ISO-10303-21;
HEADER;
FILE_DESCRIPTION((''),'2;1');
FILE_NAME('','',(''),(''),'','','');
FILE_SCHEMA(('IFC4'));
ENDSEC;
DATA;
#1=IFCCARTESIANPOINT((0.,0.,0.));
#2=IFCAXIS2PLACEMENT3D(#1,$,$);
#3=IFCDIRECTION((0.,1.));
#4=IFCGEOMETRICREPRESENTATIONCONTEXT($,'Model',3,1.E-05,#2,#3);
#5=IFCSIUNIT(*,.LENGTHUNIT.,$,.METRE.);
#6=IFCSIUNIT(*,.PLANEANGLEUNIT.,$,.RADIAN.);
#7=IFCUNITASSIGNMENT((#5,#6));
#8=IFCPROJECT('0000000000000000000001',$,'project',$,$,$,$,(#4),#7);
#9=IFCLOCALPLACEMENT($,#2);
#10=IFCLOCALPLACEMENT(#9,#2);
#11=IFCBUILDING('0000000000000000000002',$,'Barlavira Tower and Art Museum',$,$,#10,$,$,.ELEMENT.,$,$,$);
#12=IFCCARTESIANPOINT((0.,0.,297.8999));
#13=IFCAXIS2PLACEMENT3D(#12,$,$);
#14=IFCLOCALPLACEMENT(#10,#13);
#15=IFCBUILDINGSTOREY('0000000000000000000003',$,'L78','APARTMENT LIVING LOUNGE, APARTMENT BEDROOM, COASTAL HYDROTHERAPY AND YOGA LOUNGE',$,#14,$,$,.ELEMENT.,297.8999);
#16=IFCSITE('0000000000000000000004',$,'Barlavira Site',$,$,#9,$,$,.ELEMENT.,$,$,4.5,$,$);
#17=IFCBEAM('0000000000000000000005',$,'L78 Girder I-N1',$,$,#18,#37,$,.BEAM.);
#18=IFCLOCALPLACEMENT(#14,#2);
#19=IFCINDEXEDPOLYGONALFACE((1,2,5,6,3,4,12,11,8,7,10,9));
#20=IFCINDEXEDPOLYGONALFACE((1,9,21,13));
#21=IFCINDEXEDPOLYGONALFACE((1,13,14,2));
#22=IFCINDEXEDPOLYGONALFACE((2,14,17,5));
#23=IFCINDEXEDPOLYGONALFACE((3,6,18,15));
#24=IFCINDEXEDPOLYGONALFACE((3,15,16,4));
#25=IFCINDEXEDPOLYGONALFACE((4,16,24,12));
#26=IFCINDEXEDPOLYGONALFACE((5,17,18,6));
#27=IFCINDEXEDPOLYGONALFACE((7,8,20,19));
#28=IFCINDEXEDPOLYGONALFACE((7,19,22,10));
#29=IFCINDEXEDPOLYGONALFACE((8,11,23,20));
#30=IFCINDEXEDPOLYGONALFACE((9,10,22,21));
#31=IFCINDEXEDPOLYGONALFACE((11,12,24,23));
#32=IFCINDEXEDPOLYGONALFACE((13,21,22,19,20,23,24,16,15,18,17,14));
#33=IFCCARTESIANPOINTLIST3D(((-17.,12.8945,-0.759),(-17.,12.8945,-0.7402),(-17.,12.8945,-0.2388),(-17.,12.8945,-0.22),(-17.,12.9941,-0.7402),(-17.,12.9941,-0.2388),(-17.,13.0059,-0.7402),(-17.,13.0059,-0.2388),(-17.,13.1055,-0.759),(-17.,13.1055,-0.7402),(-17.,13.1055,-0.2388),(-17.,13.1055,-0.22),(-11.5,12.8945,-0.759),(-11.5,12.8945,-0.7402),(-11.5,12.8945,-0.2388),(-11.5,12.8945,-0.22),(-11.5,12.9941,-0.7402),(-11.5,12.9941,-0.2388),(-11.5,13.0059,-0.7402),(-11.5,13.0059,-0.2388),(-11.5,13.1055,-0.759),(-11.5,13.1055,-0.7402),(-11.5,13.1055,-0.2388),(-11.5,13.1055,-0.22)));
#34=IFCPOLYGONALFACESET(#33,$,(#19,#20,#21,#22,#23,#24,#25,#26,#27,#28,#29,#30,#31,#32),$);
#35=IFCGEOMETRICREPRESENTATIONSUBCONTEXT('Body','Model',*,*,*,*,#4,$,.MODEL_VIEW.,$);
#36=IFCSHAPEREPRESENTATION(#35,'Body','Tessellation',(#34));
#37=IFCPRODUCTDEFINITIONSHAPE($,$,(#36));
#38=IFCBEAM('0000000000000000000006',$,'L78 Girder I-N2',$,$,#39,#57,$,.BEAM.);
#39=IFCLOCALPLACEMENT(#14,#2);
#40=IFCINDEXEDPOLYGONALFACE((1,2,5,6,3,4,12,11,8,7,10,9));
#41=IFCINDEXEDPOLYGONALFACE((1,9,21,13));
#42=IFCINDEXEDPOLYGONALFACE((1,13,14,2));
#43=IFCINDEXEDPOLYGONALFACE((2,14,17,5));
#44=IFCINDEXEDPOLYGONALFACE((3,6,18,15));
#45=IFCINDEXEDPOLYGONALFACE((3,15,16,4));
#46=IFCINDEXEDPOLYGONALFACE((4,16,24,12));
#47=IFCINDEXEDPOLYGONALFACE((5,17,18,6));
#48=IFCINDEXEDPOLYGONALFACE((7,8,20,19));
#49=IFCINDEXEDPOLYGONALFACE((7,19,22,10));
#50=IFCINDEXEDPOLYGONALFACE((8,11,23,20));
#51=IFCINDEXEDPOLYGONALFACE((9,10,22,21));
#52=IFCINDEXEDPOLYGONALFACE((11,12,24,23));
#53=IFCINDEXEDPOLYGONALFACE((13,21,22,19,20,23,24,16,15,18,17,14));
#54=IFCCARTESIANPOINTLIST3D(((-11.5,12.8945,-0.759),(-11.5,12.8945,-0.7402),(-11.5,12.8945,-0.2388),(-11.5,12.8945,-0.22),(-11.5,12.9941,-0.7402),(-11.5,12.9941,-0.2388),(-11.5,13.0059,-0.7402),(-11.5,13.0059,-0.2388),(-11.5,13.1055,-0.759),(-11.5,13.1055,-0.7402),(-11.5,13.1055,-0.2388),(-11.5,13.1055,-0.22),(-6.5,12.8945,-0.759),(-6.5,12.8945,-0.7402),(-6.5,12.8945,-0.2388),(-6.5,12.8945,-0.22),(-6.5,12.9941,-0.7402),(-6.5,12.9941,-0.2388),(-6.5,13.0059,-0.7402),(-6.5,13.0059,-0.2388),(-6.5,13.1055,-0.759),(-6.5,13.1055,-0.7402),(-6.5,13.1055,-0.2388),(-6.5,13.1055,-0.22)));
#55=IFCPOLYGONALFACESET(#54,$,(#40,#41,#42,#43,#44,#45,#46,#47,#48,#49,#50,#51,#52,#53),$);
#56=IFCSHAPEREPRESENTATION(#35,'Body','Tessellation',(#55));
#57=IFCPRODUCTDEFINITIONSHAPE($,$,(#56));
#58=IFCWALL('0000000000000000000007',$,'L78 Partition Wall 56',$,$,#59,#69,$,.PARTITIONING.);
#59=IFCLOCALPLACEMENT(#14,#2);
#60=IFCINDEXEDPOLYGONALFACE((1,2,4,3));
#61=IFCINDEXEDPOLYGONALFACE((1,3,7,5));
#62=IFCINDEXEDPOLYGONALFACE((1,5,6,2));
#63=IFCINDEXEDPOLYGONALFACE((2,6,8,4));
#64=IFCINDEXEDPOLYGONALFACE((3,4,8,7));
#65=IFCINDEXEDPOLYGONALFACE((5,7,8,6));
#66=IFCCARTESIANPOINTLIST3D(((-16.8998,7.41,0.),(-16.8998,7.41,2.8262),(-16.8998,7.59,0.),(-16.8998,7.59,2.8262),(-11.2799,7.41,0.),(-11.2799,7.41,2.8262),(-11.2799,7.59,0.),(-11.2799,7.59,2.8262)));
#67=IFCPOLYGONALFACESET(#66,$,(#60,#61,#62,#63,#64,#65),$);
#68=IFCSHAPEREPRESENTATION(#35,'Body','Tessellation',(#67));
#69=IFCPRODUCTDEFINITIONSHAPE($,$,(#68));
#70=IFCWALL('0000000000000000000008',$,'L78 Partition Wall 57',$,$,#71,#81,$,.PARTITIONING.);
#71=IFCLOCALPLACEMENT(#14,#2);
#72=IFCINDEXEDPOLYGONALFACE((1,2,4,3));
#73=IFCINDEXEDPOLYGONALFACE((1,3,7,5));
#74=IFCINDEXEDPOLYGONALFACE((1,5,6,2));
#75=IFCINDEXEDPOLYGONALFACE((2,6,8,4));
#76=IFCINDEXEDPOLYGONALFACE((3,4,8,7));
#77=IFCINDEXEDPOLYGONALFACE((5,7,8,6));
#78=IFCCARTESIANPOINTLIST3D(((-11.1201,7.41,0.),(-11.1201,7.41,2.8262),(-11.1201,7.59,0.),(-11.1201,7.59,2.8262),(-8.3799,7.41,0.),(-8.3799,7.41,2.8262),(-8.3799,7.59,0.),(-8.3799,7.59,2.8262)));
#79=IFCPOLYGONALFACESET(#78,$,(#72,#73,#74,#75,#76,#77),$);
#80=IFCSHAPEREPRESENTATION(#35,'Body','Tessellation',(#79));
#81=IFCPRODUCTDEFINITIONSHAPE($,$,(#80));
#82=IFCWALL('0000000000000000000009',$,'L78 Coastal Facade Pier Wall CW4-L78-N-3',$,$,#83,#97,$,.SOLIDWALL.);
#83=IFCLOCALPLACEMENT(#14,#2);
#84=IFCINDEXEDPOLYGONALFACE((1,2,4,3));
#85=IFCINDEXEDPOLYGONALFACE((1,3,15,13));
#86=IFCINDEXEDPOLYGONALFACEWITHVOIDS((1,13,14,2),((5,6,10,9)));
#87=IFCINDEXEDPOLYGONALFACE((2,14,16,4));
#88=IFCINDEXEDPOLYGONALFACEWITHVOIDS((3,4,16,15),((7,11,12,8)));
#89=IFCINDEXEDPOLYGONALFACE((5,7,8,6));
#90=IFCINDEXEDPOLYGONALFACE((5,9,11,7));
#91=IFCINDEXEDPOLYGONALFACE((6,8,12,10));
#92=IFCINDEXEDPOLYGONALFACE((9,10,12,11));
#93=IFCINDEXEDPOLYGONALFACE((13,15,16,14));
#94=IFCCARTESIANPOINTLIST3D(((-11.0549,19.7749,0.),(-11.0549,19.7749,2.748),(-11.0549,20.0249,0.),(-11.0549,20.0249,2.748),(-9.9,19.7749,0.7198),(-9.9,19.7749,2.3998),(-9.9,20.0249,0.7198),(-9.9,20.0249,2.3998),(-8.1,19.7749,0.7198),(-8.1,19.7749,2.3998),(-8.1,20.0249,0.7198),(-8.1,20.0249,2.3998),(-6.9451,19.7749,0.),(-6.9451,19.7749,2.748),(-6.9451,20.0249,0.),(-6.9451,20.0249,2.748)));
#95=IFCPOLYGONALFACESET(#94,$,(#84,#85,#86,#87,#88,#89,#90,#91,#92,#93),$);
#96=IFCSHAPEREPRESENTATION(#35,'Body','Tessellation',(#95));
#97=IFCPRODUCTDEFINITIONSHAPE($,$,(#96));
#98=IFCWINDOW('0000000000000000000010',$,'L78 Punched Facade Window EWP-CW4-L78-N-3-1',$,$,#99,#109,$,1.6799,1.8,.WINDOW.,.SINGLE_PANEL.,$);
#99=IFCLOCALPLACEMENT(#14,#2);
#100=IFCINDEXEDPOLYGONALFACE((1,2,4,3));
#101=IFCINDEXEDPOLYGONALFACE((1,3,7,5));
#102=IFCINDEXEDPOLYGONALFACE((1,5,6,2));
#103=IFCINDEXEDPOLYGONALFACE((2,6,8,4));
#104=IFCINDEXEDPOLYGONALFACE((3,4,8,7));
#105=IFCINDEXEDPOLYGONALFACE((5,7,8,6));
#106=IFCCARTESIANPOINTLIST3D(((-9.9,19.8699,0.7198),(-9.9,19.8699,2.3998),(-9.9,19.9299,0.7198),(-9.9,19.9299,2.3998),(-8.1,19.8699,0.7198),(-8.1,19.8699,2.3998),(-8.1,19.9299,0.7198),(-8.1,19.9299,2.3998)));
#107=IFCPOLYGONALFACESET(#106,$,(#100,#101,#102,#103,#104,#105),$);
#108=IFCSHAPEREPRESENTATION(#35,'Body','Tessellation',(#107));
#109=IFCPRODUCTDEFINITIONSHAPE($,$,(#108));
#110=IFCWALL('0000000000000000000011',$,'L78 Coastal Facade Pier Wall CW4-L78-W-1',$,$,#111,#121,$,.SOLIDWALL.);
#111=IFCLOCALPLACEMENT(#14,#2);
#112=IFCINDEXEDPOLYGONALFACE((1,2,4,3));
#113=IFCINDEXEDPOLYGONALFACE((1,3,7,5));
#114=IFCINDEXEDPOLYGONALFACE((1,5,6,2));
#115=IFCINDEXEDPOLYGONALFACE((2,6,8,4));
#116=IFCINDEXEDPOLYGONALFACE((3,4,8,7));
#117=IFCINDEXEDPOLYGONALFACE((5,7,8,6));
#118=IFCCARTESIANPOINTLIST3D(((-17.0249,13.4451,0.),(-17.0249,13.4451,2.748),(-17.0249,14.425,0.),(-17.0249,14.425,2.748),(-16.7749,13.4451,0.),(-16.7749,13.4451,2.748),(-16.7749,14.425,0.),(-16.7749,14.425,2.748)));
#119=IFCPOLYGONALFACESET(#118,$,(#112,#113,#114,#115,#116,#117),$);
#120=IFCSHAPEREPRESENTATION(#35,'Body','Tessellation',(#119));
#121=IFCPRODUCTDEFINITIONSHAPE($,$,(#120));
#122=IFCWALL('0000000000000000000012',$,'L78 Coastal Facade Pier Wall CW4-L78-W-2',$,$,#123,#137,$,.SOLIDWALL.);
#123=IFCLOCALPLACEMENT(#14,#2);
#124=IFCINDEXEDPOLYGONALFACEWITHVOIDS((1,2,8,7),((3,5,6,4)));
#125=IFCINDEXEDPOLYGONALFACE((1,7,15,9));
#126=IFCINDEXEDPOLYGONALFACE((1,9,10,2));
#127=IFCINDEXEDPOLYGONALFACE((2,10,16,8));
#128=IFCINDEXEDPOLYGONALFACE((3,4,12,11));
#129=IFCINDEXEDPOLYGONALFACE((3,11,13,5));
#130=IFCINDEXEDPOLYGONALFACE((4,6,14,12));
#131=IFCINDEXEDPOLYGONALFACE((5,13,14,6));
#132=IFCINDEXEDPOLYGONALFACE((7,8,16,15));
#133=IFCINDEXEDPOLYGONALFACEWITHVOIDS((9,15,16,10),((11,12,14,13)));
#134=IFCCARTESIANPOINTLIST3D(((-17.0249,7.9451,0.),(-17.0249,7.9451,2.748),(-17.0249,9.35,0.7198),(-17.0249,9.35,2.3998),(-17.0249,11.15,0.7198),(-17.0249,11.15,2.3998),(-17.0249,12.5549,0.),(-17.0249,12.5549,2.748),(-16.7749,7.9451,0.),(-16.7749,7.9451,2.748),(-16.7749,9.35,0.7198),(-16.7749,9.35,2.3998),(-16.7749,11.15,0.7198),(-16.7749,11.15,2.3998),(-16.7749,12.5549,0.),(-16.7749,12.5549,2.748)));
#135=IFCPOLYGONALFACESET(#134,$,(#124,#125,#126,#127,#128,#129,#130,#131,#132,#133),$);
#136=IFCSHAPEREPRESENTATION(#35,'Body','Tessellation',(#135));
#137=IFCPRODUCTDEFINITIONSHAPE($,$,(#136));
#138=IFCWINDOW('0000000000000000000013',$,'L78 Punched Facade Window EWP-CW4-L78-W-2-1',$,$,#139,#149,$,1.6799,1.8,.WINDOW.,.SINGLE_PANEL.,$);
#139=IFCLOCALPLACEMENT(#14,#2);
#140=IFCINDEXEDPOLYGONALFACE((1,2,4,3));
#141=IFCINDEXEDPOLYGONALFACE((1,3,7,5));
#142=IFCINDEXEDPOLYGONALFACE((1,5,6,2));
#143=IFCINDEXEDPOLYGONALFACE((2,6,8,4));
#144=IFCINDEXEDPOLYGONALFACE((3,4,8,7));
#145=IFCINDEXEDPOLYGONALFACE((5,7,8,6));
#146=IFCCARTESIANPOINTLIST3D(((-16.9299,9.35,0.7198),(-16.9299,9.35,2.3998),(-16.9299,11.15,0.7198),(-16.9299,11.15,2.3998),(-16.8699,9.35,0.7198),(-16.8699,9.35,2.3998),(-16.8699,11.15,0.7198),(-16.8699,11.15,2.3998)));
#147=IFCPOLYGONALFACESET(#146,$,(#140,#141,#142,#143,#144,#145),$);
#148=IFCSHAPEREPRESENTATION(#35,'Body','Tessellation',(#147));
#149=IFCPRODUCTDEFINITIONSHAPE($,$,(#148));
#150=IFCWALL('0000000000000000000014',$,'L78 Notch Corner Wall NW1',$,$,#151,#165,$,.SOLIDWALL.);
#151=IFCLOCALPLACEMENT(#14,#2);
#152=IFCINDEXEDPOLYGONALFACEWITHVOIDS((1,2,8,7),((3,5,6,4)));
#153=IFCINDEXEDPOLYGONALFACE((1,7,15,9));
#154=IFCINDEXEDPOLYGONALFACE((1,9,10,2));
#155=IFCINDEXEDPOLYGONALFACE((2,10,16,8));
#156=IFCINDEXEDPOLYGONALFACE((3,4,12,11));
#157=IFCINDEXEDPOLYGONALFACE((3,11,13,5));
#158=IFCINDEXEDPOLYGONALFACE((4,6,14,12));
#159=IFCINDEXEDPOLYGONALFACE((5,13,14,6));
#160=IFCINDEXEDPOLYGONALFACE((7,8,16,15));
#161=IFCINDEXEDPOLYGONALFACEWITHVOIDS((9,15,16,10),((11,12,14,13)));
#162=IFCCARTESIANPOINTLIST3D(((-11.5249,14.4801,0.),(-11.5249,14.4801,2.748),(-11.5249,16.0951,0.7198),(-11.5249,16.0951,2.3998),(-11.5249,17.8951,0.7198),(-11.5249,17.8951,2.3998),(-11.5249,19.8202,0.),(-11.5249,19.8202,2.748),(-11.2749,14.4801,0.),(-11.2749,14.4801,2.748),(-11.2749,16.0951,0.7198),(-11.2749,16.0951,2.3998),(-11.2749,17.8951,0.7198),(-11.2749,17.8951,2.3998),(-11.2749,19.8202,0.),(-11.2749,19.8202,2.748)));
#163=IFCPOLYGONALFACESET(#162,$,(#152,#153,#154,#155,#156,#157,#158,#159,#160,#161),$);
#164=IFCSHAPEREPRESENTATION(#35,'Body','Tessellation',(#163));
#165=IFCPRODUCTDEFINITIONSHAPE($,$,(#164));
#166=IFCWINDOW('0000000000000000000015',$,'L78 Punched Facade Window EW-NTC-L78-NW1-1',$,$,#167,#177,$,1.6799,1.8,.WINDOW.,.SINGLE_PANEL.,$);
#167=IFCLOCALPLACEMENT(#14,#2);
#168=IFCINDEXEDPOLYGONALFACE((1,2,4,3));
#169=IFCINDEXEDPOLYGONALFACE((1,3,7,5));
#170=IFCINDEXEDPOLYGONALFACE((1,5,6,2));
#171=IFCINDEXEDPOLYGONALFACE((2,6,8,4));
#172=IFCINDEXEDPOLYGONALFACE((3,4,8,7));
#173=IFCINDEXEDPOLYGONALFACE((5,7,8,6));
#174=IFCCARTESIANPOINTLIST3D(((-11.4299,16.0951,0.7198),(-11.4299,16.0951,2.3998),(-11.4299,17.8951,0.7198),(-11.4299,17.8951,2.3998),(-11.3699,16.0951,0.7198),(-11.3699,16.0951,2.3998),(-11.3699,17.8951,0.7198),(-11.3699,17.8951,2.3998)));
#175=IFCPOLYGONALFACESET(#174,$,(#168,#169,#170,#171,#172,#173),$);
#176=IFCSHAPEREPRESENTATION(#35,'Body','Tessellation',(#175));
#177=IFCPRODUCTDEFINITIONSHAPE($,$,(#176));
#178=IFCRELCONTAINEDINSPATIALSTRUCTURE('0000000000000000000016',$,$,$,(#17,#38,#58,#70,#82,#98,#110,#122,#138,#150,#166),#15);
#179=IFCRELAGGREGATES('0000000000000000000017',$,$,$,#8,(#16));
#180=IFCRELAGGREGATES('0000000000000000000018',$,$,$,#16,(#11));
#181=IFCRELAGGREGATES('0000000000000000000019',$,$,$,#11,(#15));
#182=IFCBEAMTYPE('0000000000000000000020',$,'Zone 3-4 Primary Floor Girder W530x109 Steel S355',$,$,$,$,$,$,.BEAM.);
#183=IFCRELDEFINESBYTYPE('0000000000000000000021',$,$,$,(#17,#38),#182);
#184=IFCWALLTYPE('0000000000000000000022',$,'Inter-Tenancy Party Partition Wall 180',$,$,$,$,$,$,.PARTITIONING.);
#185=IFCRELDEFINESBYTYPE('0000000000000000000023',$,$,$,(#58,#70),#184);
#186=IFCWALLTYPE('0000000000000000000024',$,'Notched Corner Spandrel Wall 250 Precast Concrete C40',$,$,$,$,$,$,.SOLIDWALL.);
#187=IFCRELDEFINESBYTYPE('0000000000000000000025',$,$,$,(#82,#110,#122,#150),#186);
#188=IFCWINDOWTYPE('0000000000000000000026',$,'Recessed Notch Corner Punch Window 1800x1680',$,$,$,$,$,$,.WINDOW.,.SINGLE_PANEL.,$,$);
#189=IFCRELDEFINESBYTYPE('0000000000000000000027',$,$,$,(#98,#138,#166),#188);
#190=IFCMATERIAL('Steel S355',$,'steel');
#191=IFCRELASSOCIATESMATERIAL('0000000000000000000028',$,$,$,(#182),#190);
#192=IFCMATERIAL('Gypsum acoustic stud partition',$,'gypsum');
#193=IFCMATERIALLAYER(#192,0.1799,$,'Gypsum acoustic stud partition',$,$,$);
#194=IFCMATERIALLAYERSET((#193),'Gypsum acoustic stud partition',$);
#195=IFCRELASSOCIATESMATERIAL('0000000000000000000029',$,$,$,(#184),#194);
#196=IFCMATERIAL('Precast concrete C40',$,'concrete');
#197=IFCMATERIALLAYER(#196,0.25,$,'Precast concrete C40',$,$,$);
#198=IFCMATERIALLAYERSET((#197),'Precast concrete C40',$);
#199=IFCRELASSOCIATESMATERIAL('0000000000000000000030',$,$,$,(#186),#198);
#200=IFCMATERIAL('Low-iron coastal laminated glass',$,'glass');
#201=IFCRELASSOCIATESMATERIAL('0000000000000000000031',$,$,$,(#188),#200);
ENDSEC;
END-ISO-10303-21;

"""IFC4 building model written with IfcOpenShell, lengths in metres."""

from ifc_helpers import new_model, si_unit, direction, frame, frame_2d, origin, origin_2d, place, context, subcontext, project, spatial, rectangle, i_section, extrude, material, layer, layer_set, material_profile, profile_set, type_object, element, fill, save


model = new_model("IFC4")

# Units and contexts
model_context = context("Model", 3, precision=1e-05, world=origin(), true_north=direction((0.0, 1.0)))
body_context = subcontext(model_context, "Body", "Model", "MODEL_VIEW")
ifc_project = project(units=[si_unit("LENGTHUNIT", "METRE"), si_unit("PLANEANGLEUNIT", "RADIAN")], contexts=[model_context])

# Site, building, storey
site_placement = place(None, origin())
site = spatial("IfcSite", under=ifc_project, at=site_placement, Name="Barlavira Site", CompositionType="ELEMENT", RefElevation=4.5)
building_placement = place(site_placement, origin())
building = spatial("IfcBuilding", under=site, at=building_placement, Name="Barlavira Tower and Art Museum", CompositionType="ELEMENT")
storey_placement = place(building_placement, frame((0.0, 0.0, 297.8999)))
storey = spatial("IfcBuildingStorey", under=building, at=storey_placement, Name="L78", Description="APARTMENT LIVING LOUNGE, APARTMENT BEDROOM, COASTAL HYDROTHERAPY AND YOGA LOUNGE", CompositionType="ELEMENT", Elevation=297.8999)

# Shared definitions
ifc_material_1 = material(Name="Steel S355", Category="steel")

# Beams
ifc_material_profile_1 = material_profile(ifc_material_1, i_section(OverallWidth=0.2109, OverallDepth=0.5391, WebThickness=0.0117, FlangeThickness=0.0188, at=origin_2d()), Name="W530x109.0")
ifc_profile_set_1 = profile_set([ifc_material_profile_1], Name="Steel S355")
beam_type_1 = type_object("IfcBeamType", Name="Zone 3-4 Primary Floor Girder W530x109 Steel S355", PredefinedType="BEAM", material=ifc_profile_set_1)
beam_1_placement = place(storey_placement, frame((-17.0, 13.0, -0.4895), z_axis=(1.0, 0.0, 0.0), x_axis=(0.0, 1.0, 0.0)))
element("IfcBeam", 1, at=beam_1_placement, inside=storey, type_object=beam_type_1, Name="L78 Girder I-N1", PredefinedType="BEAM", context=body_context, shape_type="SweptSolid", body=[
    extrude(i_section(OverallWidth=0.2109, OverallDepth=0.5391, WebThickness=0.0117, FlangeThickness=0.0188, at=origin_2d()), origin(), (0.0, 0.0, 1.0), 5.5),
])
beam_2_placement = place(storey_placement, frame((-11.5, 13.0, -0.4895), z_axis=(1.0, 0.0, 0.0), x_axis=(0.0, 1.0, 0.0)))
element("IfcBeam", 2, at=beam_2_placement, inside=storey, type_object=beam_type_1, Name="L78 Girder I-N2", PredefinedType="BEAM", context=body_context, shape_type="SweptSolid", body=[
    extrude(i_section(OverallWidth=0.2109, OverallDepth=0.5391, WebThickness=0.0117, FlangeThickness=0.0188, at=origin_2d()), origin(), (0.0, 0.0, 1.0), 5.0),
])

# Walls
ifc_material_2 = material(Name="Gypsum acoustic stud partition", Category="gypsum")
ifc_layer_1 = layer(ifc_material_2, 0.1799, Name="Gypsum acoustic stud partition")
ifc_layer_set_1 = layer_set([ifc_layer_1], Name="Gypsum acoustic stud partition")
wall_type_1 = type_object("IfcWallType", Name="Inter-Tenancy Party Partition Wall 180", PredefinedType="PARTITIONING", material=ifc_layer_set_1)
wall_1_placement = place(storey_placement, frame((-16.8999, 7.5, 0.0), z_axis=(0.0, 0.0, 1.0), x_axis=(1.0, 0.0, 0.0)))
element("IfcWall", 3, at=wall_1_placement, inside=storey, type_object=wall_type_1, Name="L78 Partition Wall 56", PredefinedType="PARTITIONING", context=body_context, shape_type="SweptSolid", body=[
    extrude(rectangle(XDim=5.6199, YDim=0.1799, at=frame_2d((2.8101, 0.0))), origin(), (0.0, 0.0, 1.0), 2.8262),
])
wall_2_placement = place(storey_placement, frame((-11.1201, 7.5, 0.0), z_axis=(0.0, 0.0, 1.0), x_axis=(1.0, 0.0, 0.0)))
element("IfcWall", 4, at=wall_2_placement, inside=storey, type_object=wall_type_1, Name="L78 Partition Wall 57", PredefinedType="PARTITIONING", context=body_context, shape_type="SweptSolid", body=[
    extrude(rectangle(XDim=2.7402, YDim=0.1799, at=frame_2d((1.3701, 0.0))), origin(), (0.0, 0.0, 1.0), 2.8262),
])

# Wall, opening, window
ifc_material_3 = material(Name="Precast concrete C40", Category="concrete")
ifc_layer_2 = layer(ifc_material_3, 0.25, Name="Precast concrete C40")
ifc_layer_set_2 = layer_set([ifc_layer_2], Name="Precast concrete C40")
wall_type_2 = type_object("IfcWallType", Name="Notched Corner Spandrel Wall 250 Precast Concrete C40", PredefinedType="SOLIDWALL", material=ifc_layer_set_2)
wall_3_placement = place(storey_placement, frame((-6.9451, 19.8999, 0.0), z_axis=(0.0, 0.0, 1.0), x_axis=(-1.0, 0.0, 0.0)))
wall_3 = element("IfcWall", 5, at=wall_3_placement, inside=storey, type_object=wall_type_2, Name="L78 Coastal Facade Pier Wall CW4-L78-N-3", PredefinedType="SOLIDWALL", context=body_context, shape_type="SweptSolid", body=[
    extrude(rectangle(XDim=4.1099, YDim=0.25, at=frame_2d((2.0549, 0.0))), origin(), (0.0, 0.0, 1.0), 2.748),
])
opening_1_placement = place(wall_3_placement, frame((1.155, 0.0, 0.72)))
opening_1 = element("IfcOpeningElement", 6, at=opening_1_placement, cuts=wall_3, PredefinedType="OPENING", context=body_context, shape_type="SweptSolid", body=[
    extrude(rectangle(XDim=1.8, YDim=1.6799, at=frame_2d((0.8999, 0.8398))), frame((0.0, 0.135, 0.0), z_axis=(0.0, -1.0, 0.0), x_axis=(1.0, 0.0, 0.0)), (0.0, 0.0, 1.0), 0.27),
])
ifc_material_4 = material(Name="Low-iron coastal laminated glass", Category="glass")
window_type = type_object("IfcWindowType", Name="Recessed Notch Corner Punch Window 1800x1680", PartitioningType="SINGLE_PANEL", PredefinedType="WINDOW", material=ifc_material_4)
window_1_placement = place(opening_1_placement, origin())
window_1 = element("IfcWindow", 7, at=window_1_placement, inside=storey, type_object=window_type, Name="L78 Punched Facade Window EWP-CW4-L78-N-3-1", OverallHeight=1.6799, OverallWidth=1.8, PartitioningType="SINGLE_PANEL", PredefinedType="WINDOW", context=body_context, shape_type="SweptSolid", body=[
    extrude(rectangle(XDim=1.8, YDim=1.6799, at=frame_2d((0.8999, 0.8398))), frame((0.0, 0.03, 0.0), z_axis=(0.0, -1.0, 0.0), x_axis=(1.0, 0.0, 0.0)), (0.0, 0.0, 1.0), 0.0601),
])
fill(opening_1, window_1)

# Wall
wall_4_placement = place(storey_placement, frame((-16.8999, 14.425, 0.0), z_axis=(0.0, 0.0, 1.0), x_axis=(0.0, -1.0, 0.0)))
element("IfcWall", 8, at=wall_4_placement, inside=storey, type_object=wall_type_2, Name="L78 Coastal Facade Pier Wall CW4-L78-W-1", PredefinedType="SOLIDWALL", context=body_context, shape_type="SweptSolid", body=[
    extrude(rectangle(XDim=0.98, YDim=0.25, at=frame_2d((0.49, 0.0))), origin(), (0.0, 0.0, 1.0), 2.748),
])

# Walls, openings, windows
wall_5_placement = place(storey_placement, frame((-16.8999, 12.5549, 0.0), z_axis=(0.0, 0.0, 1.0), x_axis=(0.0, -1.0, 0.0)))
wall_5 = element("IfcWall", 9, at=wall_5_placement, inside=storey, type_object=wall_type_2, Name="L78 Coastal Facade Pier Wall CW4-L78-W-2", PredefinedType="SOLIDWALL", context=body_context, shape_type="SweptSolid", body=[
    extrude(rectangle(XDim=4.6099, YDim=0.25, at=frame_2d((2.3049, 0.0))), origin(), (0.0, 0.0, 1.0), 2.748),
])
opening_2_placement = place(wall_5_placement, frame((1.405, 0.0, 0.72)))
opening_2 = element("IfcOpeningElement", 10, at=opening_2_placement, cuts=wall_5, PredefinedType="OPENING", context=body_context, shape_type="SweptSolid", body=[
    extrude(rectangle(XDim=1.8, YDim=1.6799, at=frame_2d((0.8999, 0.8398))), frame((0.0, 0.135, 0.0), z_axis=(0.0, -1.0, 0.0), x_axis=(1.0, 0.0, 0.0)), (0.0, 0.0, 1.0), 0.27),
])
window_2_placement = place(opening_2_placement, origin())
window_2 = element("IfcWindow", 11, at=window_2_placement, inside=storey, type_object=window_type, Name="L78 Punched Facade Window EWP-CW4-L78-W-2-1", OverallHeight=1.6799, OverallWidth=1.8, PartitioningType="SINGLE_PANEL", PredefinedType="WINDOW", context=body_context, shape_type="SweptSolid", body=[
    extrude(rectangle(XDim=1.8, YDim=1.6799, at=frame_2d((0.8999, 0.8398))), frame((0.0, 0.03, 0.0), z_axis=(0.0, -1.0, 0.0), x_axis=(1.0, 0.0, 0.0)), (0.0, 0.0, 1.0), 0.0601),
])
fill(opening_2, window_2)
wall_6_placement = place(storey_placement, frame((-11.3999, 19.8201, 0.0), z_axis=(0.0, 0.0, 1.0), x_axis=(0.0, -1.0, 0.0)))
wall_6 = element("IfcWall", 12, at=wall_6_placement, inside=storey, type_object=wall_type_2, Name="L78 Notch Corner Wall NW1", PredefinedType="SOLIDWALL", context=body_context, shape_type="SweptSolid", body=[
    extrude(rectangle(XDim=5.3401, YDim=0.25, at=frame_2d((2.6699, 0.0))), origin(), (0.0, 0.0, 1.0), 2.748),
])
opening_3_placement = place(wall_6_placement, frame((1.925, 0.0, 0.72)))
opening_3 = element("IfcOpeningElement", 13, at=opening_3_placement, cuts=wall_6, PredefinedType="OPENING", context=body_context, shape_type="SweptSolid", body=[
    extrude(rectangle(XDim=1.8, YDim=1.6799, at=frame_2d((0.8999, 0.8398))), frame((0.0, 0.135, 0.0), z_axis=(0.0, -1.0, 0.0), x_axis=(1.0, 0.0, 0.0)), (0.0, 0.0, 1.0), 0.27),
])
window_3_placement = place(opening_3_placement, origin())
window_3 = element("IfcWindow", 14, at=window_3_placement, inside=storey, type_object=window_type, Name="L78 Punched Facade Window EW-NTC-L78-NW1-1", OverallHeight=1.6799, OverallWidth=1.8, PartitioningType="SINGLE_PANEL", PredefinedType="WINDOW", context=body_context, shape_type="SweptSolid", body=[
    extrude(rectangle(XDim=1.8, YDim=1.6799, at=frame_2d((0.8999, 0.8398))), frame((0.0, 0.03, 0.0), z_axis=(0.0, -1.0, 0.0), x_axis=(1.0, 0.0, 0.0)), (0.0, 0.0, 1.0), 0.0601),
])
fill(opening_3, window_3)

save(model, "model.ifc")
